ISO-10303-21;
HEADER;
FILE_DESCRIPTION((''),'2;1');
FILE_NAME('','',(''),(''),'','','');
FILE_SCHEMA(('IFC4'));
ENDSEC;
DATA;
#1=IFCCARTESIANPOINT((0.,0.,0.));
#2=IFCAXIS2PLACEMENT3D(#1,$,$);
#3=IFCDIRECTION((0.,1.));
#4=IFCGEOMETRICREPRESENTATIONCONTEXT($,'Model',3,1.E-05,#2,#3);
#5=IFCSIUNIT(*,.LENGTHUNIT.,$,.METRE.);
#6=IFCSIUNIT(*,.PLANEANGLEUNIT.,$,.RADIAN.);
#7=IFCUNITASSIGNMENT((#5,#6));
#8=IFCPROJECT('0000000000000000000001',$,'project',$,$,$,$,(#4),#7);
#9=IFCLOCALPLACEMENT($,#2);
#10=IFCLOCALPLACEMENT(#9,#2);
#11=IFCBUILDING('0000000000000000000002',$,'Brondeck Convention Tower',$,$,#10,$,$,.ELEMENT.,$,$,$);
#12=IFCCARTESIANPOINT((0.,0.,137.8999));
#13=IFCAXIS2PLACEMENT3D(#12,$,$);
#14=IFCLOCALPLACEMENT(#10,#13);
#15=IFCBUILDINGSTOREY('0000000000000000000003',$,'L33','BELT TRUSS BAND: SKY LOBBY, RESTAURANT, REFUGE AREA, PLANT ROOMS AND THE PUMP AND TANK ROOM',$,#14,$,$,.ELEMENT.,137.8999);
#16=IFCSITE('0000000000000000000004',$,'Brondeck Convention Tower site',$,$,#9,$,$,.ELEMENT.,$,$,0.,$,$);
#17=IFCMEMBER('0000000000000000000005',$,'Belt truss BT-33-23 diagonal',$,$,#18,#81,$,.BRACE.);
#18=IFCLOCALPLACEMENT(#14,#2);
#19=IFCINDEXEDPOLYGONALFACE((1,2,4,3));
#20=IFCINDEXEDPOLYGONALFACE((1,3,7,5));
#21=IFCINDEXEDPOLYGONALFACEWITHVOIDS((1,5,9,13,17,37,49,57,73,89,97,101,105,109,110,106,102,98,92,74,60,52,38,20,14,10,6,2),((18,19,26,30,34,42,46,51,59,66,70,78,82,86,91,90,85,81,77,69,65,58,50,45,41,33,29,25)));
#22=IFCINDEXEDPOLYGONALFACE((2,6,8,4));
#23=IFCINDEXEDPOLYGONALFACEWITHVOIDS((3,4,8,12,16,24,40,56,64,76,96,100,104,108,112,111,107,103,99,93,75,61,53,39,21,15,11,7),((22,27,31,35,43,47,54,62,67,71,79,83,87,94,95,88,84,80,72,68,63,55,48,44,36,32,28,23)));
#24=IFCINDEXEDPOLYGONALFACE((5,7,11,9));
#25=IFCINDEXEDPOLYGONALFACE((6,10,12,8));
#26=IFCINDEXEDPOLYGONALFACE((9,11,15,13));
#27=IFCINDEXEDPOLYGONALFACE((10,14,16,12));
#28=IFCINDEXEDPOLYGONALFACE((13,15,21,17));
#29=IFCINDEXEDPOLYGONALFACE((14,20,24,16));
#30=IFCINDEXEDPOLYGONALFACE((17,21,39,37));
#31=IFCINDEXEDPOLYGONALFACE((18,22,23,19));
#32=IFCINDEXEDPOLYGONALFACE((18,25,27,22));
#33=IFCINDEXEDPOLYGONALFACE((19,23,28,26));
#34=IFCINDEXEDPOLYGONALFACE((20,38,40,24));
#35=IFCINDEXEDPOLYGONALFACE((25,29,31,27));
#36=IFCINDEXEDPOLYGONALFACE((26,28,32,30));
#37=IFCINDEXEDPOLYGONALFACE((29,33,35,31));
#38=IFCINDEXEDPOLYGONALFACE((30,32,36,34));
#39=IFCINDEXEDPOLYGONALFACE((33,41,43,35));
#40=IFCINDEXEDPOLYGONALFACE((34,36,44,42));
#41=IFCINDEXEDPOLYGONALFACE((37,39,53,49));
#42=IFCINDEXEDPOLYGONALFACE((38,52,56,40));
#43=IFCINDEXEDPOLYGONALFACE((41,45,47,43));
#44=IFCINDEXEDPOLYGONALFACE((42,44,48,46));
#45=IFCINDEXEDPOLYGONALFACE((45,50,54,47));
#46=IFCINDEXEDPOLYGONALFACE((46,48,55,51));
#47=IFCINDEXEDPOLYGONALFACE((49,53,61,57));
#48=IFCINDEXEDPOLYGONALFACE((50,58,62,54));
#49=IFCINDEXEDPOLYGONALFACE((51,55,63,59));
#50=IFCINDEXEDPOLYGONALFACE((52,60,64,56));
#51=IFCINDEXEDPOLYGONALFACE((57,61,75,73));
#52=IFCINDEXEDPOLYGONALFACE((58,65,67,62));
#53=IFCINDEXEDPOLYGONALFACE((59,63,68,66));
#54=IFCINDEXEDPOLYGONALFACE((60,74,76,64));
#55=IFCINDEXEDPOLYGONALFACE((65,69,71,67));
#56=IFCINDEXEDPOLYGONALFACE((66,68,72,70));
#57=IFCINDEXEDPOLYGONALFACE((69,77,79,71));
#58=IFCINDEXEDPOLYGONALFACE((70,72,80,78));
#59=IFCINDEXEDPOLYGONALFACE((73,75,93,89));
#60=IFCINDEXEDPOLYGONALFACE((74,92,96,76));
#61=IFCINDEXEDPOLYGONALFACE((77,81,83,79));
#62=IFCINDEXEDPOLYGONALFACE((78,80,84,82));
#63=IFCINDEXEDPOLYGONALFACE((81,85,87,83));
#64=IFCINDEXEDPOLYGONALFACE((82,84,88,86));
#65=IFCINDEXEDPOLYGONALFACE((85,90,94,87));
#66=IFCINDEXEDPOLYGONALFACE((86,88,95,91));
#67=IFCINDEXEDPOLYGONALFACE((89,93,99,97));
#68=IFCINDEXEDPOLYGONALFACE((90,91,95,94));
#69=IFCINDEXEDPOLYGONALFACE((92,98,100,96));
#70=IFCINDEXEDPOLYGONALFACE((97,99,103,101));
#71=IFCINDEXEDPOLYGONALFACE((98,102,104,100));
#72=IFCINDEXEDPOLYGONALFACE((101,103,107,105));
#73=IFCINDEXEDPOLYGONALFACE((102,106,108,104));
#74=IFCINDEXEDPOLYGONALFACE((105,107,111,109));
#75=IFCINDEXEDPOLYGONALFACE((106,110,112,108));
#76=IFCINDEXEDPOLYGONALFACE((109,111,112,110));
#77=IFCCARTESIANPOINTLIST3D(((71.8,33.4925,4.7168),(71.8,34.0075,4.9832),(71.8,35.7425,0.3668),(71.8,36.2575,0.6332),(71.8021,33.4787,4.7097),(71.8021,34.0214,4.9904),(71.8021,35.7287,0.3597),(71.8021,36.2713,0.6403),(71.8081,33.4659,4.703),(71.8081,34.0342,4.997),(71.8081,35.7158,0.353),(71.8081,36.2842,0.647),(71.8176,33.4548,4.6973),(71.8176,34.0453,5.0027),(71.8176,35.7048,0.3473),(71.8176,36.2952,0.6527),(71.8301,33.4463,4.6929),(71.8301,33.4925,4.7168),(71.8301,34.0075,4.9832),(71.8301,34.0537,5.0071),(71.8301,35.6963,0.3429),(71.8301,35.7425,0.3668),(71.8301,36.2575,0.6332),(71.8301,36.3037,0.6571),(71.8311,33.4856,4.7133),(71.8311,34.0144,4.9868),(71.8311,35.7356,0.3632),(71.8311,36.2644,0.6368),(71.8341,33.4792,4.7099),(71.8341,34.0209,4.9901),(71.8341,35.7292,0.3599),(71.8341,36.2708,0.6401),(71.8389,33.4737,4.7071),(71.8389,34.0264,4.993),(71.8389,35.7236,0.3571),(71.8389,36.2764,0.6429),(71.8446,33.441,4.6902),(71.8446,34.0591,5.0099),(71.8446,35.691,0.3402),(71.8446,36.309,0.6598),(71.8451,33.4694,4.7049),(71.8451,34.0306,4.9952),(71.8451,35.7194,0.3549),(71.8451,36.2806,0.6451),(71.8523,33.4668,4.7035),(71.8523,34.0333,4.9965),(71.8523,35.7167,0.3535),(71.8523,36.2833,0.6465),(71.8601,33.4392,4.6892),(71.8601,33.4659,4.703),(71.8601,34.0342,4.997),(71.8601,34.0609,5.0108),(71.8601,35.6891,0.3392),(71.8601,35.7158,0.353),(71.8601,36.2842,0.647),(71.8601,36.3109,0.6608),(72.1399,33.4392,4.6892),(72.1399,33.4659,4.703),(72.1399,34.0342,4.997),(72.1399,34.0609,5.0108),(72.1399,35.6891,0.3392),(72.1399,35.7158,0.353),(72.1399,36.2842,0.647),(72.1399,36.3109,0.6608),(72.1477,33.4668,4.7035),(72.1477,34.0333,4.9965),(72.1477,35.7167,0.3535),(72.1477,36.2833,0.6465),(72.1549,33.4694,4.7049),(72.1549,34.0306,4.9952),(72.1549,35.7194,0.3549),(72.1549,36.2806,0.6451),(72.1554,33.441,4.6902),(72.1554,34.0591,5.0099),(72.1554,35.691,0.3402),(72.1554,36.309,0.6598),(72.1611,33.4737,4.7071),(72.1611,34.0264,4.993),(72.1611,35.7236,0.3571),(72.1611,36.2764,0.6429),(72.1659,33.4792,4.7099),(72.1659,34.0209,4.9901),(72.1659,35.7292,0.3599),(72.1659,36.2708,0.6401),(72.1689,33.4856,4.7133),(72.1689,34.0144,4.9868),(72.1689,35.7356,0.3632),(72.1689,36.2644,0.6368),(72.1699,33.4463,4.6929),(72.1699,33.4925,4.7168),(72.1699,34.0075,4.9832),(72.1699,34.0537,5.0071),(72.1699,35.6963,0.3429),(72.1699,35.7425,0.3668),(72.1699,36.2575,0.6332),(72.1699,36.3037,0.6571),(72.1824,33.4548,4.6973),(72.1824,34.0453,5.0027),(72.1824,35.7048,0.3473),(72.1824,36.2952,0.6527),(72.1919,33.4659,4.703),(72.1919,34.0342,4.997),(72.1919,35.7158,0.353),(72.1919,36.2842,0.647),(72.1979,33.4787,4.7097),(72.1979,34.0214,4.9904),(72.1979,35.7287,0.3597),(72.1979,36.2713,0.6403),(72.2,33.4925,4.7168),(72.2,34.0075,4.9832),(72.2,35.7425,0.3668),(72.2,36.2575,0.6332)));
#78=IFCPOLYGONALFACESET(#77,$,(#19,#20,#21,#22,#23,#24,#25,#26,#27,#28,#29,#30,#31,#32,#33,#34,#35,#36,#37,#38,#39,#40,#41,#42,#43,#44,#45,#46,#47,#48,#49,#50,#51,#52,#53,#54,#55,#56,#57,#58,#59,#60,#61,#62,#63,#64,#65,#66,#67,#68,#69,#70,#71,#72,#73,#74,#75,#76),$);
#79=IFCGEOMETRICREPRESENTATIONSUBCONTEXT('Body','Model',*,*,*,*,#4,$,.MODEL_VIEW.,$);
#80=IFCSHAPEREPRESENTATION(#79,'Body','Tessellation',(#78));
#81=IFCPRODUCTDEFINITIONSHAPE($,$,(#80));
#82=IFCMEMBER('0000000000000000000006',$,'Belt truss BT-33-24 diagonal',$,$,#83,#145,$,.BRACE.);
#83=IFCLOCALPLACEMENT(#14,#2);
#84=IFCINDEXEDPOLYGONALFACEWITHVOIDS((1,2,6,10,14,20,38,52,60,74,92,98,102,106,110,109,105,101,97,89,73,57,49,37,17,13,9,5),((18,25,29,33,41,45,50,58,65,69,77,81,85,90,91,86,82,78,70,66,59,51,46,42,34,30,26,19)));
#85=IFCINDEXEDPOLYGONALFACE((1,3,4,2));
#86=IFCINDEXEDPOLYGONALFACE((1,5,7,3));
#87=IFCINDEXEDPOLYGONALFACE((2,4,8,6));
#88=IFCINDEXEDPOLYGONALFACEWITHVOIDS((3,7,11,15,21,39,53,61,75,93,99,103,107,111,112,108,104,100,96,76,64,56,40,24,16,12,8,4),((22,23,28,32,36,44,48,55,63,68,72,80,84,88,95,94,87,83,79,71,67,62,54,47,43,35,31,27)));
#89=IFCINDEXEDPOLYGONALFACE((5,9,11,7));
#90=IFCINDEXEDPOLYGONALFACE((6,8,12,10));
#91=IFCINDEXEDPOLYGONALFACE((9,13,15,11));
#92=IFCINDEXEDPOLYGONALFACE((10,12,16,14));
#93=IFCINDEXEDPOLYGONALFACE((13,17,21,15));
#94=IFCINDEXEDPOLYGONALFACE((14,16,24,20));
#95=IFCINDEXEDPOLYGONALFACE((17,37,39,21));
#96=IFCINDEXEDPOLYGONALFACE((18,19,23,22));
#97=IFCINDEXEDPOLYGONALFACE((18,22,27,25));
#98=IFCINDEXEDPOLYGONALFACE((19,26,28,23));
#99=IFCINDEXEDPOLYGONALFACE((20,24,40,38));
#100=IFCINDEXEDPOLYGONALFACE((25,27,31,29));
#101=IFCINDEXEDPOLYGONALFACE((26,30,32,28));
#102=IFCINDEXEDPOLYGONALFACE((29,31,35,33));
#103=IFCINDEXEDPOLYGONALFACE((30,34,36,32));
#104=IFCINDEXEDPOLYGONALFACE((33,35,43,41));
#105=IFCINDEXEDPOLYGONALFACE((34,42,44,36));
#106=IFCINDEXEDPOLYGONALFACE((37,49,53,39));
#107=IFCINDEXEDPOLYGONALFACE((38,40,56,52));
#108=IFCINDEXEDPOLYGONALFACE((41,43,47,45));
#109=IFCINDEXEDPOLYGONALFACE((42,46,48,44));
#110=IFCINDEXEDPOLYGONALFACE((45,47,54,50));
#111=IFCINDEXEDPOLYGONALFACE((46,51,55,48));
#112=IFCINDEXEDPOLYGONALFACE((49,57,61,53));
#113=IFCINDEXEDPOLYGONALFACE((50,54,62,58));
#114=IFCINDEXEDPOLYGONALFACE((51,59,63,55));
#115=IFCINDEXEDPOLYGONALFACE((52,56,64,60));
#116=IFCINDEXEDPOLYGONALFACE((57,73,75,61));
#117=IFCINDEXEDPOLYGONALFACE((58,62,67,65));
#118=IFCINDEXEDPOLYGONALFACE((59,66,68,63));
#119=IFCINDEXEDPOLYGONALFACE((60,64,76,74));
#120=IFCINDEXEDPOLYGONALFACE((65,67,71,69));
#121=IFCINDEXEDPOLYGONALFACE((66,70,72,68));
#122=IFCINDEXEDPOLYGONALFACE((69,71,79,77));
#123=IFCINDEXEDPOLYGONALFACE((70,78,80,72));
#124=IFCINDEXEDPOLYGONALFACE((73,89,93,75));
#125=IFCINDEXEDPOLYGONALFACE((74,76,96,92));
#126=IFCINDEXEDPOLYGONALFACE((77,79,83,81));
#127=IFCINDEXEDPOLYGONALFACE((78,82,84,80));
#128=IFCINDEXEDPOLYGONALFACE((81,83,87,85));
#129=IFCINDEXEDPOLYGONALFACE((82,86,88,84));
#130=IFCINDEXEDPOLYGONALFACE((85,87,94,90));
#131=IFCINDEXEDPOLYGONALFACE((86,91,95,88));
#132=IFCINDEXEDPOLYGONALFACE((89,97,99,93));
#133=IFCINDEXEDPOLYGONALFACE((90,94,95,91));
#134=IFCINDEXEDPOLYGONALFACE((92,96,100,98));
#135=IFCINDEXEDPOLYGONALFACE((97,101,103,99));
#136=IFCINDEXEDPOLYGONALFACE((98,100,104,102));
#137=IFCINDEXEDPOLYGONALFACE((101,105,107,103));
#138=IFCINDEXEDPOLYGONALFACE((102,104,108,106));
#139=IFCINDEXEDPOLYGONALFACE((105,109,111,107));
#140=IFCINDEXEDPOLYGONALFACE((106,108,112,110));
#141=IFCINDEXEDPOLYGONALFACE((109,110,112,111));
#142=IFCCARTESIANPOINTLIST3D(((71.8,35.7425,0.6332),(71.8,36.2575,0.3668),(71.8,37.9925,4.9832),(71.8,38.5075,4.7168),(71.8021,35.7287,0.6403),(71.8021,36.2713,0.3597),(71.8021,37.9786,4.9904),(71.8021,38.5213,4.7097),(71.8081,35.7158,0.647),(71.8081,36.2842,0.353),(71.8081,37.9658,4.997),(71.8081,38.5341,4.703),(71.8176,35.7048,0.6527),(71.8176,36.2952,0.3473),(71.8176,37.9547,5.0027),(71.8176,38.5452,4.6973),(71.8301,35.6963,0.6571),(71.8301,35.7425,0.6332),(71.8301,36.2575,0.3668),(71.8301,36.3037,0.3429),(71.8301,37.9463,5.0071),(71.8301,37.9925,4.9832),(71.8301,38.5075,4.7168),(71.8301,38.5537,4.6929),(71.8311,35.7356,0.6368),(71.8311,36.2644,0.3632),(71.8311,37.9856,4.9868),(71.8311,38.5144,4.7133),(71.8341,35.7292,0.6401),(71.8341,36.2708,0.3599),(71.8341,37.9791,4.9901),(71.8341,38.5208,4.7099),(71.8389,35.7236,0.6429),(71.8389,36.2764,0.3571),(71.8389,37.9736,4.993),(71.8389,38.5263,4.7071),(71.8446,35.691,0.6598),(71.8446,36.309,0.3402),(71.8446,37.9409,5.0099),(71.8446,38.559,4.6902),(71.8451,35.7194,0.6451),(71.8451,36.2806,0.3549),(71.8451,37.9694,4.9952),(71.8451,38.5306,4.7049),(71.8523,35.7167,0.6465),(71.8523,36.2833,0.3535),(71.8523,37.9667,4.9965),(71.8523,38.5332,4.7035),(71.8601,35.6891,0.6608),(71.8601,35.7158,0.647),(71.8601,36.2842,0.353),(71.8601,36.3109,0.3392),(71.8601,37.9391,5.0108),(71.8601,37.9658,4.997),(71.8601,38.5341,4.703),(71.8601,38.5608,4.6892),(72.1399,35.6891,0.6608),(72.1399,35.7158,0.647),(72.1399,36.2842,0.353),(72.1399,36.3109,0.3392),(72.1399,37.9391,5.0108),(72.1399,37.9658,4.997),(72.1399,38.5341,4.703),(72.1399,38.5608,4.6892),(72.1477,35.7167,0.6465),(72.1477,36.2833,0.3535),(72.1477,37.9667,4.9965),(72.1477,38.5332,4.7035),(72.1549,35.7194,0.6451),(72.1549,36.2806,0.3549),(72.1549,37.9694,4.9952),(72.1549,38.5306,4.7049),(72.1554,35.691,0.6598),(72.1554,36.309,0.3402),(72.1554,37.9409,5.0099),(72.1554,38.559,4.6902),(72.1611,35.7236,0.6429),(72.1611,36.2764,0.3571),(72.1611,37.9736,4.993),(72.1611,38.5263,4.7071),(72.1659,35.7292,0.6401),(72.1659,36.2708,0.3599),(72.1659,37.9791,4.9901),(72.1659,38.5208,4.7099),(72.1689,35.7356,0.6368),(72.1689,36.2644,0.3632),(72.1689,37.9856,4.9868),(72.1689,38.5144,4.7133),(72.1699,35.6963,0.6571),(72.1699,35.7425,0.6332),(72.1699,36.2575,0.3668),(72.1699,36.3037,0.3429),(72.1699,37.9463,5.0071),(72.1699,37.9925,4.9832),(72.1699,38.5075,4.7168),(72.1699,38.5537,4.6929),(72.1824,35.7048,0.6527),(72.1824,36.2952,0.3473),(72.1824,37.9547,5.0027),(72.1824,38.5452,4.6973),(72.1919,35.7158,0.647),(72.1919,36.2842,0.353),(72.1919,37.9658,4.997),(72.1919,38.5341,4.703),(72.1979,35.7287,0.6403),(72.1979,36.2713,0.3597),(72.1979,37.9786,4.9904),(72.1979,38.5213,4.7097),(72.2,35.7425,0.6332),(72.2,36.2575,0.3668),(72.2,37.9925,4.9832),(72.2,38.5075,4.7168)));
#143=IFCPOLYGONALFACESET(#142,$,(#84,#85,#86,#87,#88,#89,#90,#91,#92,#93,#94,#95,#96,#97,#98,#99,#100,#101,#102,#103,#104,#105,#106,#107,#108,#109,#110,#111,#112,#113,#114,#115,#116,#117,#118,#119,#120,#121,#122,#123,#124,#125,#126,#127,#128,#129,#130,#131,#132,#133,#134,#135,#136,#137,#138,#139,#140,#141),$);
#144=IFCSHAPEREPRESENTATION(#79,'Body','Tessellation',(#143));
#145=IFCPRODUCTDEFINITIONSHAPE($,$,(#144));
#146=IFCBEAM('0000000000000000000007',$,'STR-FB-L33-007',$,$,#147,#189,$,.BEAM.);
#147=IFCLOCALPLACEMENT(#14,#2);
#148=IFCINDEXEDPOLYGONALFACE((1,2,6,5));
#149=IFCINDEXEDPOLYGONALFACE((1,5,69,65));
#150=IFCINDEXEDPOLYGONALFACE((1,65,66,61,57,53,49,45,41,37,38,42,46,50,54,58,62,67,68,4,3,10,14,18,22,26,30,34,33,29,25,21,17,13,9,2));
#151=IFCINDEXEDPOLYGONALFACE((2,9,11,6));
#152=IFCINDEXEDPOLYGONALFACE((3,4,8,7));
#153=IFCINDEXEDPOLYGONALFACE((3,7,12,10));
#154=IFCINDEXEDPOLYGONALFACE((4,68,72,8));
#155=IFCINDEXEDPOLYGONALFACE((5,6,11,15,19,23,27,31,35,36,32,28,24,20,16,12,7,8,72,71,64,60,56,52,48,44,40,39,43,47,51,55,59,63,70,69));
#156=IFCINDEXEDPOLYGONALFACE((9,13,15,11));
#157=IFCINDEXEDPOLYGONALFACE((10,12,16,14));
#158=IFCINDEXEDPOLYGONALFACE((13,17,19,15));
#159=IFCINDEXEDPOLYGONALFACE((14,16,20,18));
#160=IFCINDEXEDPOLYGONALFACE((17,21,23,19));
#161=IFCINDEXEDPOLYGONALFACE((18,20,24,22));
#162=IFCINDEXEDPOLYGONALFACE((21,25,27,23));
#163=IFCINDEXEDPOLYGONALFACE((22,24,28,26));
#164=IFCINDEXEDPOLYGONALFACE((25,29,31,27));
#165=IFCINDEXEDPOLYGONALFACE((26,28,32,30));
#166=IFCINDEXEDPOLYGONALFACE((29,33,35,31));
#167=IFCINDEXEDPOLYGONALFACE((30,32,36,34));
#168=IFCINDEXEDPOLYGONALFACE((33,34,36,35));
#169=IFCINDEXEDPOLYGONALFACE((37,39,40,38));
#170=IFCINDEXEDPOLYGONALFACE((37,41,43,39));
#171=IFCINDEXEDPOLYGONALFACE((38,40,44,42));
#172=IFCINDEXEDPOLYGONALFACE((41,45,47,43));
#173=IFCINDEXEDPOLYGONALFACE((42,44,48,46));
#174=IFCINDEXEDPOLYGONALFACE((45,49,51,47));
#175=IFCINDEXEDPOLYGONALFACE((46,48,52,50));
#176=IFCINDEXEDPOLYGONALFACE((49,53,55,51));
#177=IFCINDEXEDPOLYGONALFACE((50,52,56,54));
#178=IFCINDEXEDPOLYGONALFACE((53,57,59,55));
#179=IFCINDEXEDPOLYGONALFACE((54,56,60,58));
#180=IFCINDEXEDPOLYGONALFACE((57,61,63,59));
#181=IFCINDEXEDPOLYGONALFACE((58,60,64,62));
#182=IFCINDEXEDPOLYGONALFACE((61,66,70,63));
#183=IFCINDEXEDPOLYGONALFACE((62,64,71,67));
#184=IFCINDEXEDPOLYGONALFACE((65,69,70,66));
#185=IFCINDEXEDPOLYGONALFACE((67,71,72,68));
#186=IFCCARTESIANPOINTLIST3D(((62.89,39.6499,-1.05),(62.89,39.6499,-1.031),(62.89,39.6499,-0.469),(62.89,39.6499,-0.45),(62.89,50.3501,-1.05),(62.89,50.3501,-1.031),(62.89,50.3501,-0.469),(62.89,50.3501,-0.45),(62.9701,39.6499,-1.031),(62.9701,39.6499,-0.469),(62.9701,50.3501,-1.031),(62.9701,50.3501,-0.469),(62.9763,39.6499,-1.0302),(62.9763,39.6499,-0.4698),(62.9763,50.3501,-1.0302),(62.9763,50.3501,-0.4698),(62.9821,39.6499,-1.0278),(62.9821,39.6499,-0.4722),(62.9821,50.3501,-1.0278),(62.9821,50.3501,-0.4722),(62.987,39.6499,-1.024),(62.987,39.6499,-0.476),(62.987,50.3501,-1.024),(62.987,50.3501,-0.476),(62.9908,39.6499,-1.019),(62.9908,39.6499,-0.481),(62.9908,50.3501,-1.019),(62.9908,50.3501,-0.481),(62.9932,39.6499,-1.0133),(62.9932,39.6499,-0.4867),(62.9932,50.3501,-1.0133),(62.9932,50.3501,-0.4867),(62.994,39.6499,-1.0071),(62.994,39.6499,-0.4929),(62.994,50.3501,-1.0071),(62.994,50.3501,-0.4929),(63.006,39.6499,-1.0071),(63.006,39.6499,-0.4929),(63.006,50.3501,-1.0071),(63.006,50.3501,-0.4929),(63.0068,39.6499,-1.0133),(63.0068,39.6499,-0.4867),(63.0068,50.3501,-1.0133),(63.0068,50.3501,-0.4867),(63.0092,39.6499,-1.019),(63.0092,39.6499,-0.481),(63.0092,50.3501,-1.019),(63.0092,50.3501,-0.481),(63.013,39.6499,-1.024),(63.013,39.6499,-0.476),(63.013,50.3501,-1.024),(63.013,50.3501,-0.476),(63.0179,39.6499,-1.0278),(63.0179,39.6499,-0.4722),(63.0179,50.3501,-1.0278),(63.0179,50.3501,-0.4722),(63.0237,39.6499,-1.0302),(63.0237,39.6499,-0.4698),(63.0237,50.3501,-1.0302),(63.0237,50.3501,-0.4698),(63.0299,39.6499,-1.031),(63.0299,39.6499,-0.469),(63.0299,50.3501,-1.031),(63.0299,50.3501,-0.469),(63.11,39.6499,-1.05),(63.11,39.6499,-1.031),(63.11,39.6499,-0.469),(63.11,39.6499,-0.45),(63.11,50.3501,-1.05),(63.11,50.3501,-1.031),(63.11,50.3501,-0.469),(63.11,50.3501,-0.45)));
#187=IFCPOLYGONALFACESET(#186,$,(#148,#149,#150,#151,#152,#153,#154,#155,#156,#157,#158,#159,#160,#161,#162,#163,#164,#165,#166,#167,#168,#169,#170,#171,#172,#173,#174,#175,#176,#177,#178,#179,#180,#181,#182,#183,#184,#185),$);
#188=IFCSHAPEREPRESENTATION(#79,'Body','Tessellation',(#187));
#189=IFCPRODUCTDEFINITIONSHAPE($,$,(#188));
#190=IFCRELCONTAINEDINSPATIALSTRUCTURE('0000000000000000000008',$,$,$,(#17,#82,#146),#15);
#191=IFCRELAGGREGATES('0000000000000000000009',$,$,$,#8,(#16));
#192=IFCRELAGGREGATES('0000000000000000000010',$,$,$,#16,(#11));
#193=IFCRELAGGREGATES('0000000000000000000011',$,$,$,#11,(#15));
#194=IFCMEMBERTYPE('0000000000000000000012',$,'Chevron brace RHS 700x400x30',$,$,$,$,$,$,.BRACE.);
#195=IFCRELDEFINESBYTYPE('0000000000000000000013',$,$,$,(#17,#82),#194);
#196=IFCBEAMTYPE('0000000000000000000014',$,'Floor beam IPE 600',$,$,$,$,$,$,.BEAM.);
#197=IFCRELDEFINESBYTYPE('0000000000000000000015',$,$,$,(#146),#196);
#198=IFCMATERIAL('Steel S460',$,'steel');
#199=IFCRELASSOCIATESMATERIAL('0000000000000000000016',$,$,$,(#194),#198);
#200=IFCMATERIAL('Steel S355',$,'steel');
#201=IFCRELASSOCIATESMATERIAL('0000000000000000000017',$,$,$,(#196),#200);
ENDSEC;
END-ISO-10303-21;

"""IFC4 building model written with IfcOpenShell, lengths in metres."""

from ifc_helpers import new_model, si_unit, direction, frame, origin, origin_2d, place, context, subcontext, project, spatial, hollow_rectangle, i_section, extrude, material, material_profile, profile_set, type_object, element, save


model = new_model("IFC4")

# Units and contexts
model_context = context("Model", 3, precision=1e-05, world=origin(), true_north=direction((0.0, 1.0)))
body_context = subcontext(model_context, "Body", "Model", "MODEL_VIEW")
ifc_project = project(units=[si_unit("LENGTHUNIT", "METRE"), si_unit("PLANEANGLEUNIT", "RADIAN")], contexts=[model_context])

# Site, building, storey
site_placement = place(None, origin())
site = spatial("IfcSite", under=ifc_project, at=site_placement, Name="Brondeck Convention Tower site", CompositionType="ELEMENT", RefElevation=0.0)
building_placement = place(site_placement, origin())
building = spatial("IfcBuilding", under=site, at=building_placement, Name="Brondeck Convention Tower", CompositionType="ELEMENT")
storey_placement = place(building_placement, frame((0.0, 0.0, 137.8999)))
storey = spatial("IfcBuildingStorey", under=building, at=storey_placement, Name="L33", Description="BELT TRUSS BAND: SKY LOBBY, RESTAURANT, REFUGE AREA, PLANT ROOMS AND THE PUMP AND TANK ROOM", CompositionType="ELEMENT", Elevation=137.8999)

# Members
ifc_material_1 = material(Name="Steel S460", Category="steel")
ifc_material_profile_1 = material_profile(ifc_material_1, hollow_rectangle(XDim=0.3999, YDim=0.7, WallThickness=0.03, InnerFilletRadius=0.03, OuterFilletRadius=0.0601, at=origin_2d()), Name="RHS 700x400x30")
ifc_profile_set_1 = profile_set([ifc_material_profile_1], Name="Steel S460")
member_type_1 = type_object("IfcMemberType", Name="Chevron brace RHS 700x400x30", PredefinedType="BRACE", material=ifc_profile_set_1)
for number, where, z_axis, x_axis, name in (
    (1, (72.0, 36.0, 0.5), (0.0, -0.459415, 0.888222), (1.0, 0.0, 0.0), "Belt truss BT-33-23 diagonal"),
    (2, (72.0, 36.0, 0.5), (0.0, 0.459415, 0.888222), (-1.0, 0.0, 0.0), "Belt truss BT-33-24 diagonal"),
):
    element("IfcMember", number, at=place(storey_placement, frame(where, z_axis=z_axis, x_axis=x_axis)), inside=storey, type_object=member_type_1, Name=name, PredefinedType="BRACE", context=body_context, shape_type="SweptSolid", body=[
        extrude(hollow_rectangle(XDim=0.3999, YDim=0.7, WallThickness=0.03, InnerFilletRadius=0.03, OuterFilletRadius=0.0601, at=origin_2d()), origin(), (0.0, 0.0, 1.0), 4.8975),
    ])

# Beam
ifc_material_2 = material(Name="Steel S355", Category="steel")
ifc_material_profile_2 = material_profile(ifc_material_2, i_section(OverallWidth=0.22, OverallDepth=0.6001, WebThickness=0.012, FlangeThickness=0.019, FilletRadius=0.0239, at=origin_2d()), Name="IPE 600")
ifc_profile_set_2 = profile_set([ifc_material_profile_2], Name="Steel S355")
beam_type_1 = type_object("IfcBeamType", Name="Floor beam IPE 600", PredefinedType="BEAM", material=ifc_profile_set_2)
beam_1_placement = place(storey_placement, frame((63.0, 39.6499, -0.75), z_axis=(0.0, 1.0, 0.0), x_axis=(-1.0, 0.0, 0.0)))
element("IfcBeam", 3, at=beam_1_placement, inside=storey, type_object=beam_type_1, Name="STR-FB-L33-007", PredefinedType="BEAM", context=body_context, shape_type="SweptSolid", body=[
    extrude(i_section(OverallWidth=0.22, OverallDepth=0.6001, WebThickness=0.012, FlangeThickness=0.019, FilletRadius=0.0239, at=origin_2d()), origin(), (0.0, 0.0, 1.0), 10.7002),
])

save(model, "model.ifc")
